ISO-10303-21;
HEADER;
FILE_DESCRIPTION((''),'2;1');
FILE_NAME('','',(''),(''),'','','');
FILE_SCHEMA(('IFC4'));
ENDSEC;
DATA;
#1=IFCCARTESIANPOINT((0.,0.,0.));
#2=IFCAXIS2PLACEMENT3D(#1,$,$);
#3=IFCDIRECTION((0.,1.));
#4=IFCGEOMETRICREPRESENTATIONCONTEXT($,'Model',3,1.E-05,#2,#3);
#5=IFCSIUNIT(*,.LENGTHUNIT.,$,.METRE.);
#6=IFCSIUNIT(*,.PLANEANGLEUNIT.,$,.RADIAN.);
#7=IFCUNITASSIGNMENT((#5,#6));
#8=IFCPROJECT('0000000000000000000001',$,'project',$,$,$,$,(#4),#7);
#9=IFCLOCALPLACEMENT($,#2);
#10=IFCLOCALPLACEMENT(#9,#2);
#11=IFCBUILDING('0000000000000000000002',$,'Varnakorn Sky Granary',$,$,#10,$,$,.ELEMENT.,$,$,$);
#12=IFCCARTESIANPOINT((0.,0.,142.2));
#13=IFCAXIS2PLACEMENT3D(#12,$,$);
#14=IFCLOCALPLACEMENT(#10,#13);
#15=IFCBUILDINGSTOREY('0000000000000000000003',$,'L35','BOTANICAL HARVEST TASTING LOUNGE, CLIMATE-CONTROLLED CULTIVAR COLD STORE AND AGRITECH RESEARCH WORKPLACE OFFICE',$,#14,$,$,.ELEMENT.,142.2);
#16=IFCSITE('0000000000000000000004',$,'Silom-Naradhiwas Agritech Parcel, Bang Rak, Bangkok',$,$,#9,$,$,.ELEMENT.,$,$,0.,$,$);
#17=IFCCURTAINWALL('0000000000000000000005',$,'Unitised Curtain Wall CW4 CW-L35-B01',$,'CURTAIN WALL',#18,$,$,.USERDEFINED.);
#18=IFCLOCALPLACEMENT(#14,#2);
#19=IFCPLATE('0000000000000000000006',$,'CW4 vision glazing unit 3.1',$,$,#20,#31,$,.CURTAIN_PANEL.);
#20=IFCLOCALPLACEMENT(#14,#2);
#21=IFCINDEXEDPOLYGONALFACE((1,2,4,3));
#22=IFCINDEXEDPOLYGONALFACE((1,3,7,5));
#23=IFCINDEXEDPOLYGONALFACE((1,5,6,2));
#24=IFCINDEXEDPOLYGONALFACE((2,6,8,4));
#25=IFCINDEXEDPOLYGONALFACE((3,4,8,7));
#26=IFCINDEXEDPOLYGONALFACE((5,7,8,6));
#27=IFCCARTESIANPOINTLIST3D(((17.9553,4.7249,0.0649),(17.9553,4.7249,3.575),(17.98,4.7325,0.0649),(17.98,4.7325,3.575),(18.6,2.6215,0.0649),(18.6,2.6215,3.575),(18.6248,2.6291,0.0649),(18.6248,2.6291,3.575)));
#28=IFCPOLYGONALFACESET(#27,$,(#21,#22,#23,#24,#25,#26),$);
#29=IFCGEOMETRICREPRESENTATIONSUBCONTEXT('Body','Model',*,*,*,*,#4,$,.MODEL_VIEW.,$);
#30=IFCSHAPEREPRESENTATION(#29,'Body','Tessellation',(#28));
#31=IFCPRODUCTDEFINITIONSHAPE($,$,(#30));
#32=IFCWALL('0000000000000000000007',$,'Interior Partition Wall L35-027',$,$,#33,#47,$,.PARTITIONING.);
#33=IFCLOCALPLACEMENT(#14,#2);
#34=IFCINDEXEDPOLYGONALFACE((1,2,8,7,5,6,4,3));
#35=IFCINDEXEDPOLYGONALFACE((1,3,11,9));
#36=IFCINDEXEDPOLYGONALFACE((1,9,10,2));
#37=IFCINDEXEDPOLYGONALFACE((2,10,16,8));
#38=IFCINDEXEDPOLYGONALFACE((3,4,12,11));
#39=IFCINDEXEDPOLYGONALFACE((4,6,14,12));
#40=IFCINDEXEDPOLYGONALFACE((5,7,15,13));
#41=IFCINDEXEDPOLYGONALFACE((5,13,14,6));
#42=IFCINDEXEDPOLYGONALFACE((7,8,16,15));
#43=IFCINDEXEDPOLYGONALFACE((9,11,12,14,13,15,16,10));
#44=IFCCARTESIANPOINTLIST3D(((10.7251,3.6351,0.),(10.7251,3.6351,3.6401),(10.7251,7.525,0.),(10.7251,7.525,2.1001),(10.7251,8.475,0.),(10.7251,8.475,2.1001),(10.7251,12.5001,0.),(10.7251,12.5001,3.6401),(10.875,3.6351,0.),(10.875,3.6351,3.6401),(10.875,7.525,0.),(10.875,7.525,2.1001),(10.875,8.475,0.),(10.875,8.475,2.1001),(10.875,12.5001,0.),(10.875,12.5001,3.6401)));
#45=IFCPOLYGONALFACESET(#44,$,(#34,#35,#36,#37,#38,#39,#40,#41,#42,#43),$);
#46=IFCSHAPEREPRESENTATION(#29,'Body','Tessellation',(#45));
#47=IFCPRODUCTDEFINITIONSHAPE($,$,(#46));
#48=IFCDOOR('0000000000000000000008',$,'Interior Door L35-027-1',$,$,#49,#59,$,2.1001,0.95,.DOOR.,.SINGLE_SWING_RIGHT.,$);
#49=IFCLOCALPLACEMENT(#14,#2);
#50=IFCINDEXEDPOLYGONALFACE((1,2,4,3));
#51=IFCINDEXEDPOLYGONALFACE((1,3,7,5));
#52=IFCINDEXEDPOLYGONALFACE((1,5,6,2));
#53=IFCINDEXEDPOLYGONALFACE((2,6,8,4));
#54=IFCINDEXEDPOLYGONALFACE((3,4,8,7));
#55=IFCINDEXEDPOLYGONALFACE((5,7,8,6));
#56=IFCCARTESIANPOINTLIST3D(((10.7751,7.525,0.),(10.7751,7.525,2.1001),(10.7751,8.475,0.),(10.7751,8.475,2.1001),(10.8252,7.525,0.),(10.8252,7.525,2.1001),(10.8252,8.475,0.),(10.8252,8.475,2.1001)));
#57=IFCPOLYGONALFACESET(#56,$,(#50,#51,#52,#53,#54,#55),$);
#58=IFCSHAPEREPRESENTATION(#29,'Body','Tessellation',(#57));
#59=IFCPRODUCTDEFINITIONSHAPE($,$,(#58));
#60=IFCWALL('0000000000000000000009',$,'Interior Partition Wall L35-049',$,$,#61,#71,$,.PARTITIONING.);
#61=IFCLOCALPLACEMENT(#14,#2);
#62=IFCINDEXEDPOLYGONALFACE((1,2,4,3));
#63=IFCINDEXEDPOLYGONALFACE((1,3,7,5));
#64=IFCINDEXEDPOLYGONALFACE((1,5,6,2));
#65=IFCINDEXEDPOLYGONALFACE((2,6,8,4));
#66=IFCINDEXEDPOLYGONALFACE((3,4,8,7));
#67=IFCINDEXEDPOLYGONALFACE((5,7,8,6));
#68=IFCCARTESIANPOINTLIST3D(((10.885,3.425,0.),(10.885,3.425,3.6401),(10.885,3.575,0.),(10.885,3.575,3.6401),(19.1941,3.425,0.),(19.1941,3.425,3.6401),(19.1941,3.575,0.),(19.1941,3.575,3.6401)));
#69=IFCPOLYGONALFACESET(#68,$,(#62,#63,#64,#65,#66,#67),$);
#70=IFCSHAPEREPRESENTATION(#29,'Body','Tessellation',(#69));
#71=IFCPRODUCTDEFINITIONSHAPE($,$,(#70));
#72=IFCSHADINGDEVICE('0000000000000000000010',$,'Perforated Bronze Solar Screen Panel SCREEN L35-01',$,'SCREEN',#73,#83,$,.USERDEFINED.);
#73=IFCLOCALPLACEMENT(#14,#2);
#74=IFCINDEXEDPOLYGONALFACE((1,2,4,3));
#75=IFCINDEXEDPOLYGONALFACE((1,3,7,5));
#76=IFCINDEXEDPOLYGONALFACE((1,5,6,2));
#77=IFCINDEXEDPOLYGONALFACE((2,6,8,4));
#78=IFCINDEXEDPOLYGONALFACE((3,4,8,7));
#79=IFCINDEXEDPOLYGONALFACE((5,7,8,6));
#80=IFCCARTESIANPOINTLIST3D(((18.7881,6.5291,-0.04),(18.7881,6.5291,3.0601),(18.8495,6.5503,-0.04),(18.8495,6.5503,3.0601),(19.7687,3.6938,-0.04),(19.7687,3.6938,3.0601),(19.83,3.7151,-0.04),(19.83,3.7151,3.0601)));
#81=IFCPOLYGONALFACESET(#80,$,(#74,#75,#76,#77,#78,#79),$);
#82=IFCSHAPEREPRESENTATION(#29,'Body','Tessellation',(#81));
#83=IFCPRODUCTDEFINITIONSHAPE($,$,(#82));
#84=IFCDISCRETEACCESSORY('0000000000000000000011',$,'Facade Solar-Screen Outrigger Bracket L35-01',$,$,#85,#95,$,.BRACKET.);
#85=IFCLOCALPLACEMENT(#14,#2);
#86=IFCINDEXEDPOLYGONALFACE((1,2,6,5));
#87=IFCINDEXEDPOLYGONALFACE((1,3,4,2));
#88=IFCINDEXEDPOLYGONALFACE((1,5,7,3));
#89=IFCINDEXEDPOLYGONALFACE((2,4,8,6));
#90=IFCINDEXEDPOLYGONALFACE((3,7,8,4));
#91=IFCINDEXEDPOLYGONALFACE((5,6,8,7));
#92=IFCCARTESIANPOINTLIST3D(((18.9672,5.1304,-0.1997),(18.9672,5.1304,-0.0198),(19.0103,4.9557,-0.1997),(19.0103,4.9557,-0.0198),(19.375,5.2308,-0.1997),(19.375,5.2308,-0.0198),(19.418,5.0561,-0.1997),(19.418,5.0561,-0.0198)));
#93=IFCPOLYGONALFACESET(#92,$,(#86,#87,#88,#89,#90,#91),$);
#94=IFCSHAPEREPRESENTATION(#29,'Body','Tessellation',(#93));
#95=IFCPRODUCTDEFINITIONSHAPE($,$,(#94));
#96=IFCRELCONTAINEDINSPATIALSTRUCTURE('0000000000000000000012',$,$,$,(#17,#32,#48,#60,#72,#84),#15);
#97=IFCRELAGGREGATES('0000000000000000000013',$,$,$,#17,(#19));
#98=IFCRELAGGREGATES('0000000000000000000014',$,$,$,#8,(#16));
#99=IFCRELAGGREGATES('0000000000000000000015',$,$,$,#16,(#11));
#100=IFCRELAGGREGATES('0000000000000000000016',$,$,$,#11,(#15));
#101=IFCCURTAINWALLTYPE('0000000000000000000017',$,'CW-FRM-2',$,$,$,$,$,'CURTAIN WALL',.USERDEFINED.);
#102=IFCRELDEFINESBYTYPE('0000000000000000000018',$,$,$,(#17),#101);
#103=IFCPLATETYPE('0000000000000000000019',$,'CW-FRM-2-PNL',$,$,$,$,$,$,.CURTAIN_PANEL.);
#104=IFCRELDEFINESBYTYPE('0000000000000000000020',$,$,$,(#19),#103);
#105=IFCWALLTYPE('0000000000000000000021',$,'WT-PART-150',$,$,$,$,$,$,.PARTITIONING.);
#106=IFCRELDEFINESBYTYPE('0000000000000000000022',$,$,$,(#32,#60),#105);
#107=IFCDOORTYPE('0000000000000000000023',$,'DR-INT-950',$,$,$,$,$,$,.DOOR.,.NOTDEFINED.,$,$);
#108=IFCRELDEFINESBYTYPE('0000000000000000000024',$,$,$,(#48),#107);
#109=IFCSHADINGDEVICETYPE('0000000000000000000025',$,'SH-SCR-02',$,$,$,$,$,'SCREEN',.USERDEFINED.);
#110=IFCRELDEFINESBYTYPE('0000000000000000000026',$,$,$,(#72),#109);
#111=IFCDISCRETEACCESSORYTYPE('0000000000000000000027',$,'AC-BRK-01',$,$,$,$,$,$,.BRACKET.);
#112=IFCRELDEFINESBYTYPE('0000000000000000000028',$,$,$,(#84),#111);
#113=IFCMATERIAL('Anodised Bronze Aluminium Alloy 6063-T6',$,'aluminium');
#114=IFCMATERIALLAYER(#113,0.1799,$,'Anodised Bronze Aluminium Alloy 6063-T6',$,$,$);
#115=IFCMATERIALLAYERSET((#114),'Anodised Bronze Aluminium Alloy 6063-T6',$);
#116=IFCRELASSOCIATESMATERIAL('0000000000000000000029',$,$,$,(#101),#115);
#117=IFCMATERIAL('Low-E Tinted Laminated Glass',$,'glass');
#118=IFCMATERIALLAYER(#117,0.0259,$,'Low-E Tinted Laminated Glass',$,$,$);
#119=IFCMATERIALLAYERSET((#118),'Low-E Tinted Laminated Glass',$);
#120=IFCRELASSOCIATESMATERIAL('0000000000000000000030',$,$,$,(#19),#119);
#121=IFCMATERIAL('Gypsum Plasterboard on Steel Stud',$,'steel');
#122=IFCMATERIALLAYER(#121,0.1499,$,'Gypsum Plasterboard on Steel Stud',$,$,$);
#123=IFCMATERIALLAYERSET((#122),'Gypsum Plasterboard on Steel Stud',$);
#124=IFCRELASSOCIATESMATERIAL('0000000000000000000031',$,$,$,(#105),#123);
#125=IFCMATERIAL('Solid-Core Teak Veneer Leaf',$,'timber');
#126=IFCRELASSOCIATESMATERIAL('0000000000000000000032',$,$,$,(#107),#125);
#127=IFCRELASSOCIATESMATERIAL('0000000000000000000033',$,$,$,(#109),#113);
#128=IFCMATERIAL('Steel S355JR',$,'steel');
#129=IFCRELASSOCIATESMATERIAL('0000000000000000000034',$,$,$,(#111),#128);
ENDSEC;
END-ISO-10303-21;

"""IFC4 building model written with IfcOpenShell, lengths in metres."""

from ifc_helpers import new_model, si_unit, direction, frame, frame_2d, origin, origin_2d, place, context, subcontext, project, spatial, rectangle, extrude, source, transform, mapped, material, layer, layer_set, type_object, type_shapes, element, fill, aggregate, save


model = new_model("IFC4")

# Units and contexts
model_context = context("Model", 3, precision=1e-05, world=origin(), true_north=direction((0.0, 1.0)))
body_context = subcontext(model_context, "Body", "Model", "MODEL_VIEW")
ifc_project = project(units=[si_unit("LENGTHUNIT", "METRE"), si_unit("PLANEANGLEUNIT", "RADIAN")], contexts=[model_context])

# Site, building, storey
site_placement = place(None, origin())
site = spatial("IfcSite", under=ifc_project, at=site_placement, Name="Silom-Naradhiwas Agritech Parcel, Bang Rak, Bangkok", CompositionType="ELEMENT", RefElevation=0.0)
building_placement = place(site_placement, origin())
building = spatial("IfcBuilding", under=site, at=building_placement, Name="Varnakorn Sky Granary", CompositionType="ELEMENT")
storey_placement = place(building_placement, frame((0.0, 0.0, 142.2)))
storey = spatial("IfcBuildingStorey", under=building, at=storey_placement, Name="L35", Description="BOTANICAL HARVEST TASTING LOUNGE, CLIMATE-CONTROLLED CULTIVAR COLD STORE AND AGRITECH RESEARCH WORKPLACE OFFICE", CompositionType="ELEMENT", Elevation=142.2)

# Curtain wall
ifc_material_1 = material(Name="Anodised Bronze Aluminium Alloy 6063-T6", Category="aluminium")
ifc_layer_1 = layer(ifc_material_1, 0.1799, Name="Anodised Bronze Aluminium Alloy 6063-T6")
ifc_layer_set_1 = layer_set([ifc_layer_1], Name="Anodised Bronze Aluminium Alloy 6063-T6")
curtain_wall_type = type_object("IfcCurtainWallType", Name="CW-FRM-2", ElementType="CURTAIN WALL", PredefinedType="USERDEFINED", material=ifc_layer_set_1)
curtain_wall_placement = place(storey_placement, origin())
curtain_wall = element("IfcCurtainWall", 1, at=curtain_wall_placement, inside=storey, type_object=curtain_wall_type, Name="Unitised Curtain Wall CW4 CW-L35-B01", ObjectType="CURTAIN WALL", PredefinedType="USERDEFINED")

# Plate
plate_type = type_object("IfcPlateType", Name="CW-FRM-2-PNL", PredefinedType="CURTAIN_PANEL")
shared_shape_1 = source(origin(), body_context, "Body", "SweptSolid", [
    extrude(rectangle(XDim=2.2, YDim=0.0259, at=origin_2d()), origin(), (0.0, 0.0, 1.0), 3.51),
])
ifc_material_2 = material(Name="Low-E Tinted Laminated Glass", Category="glass")
ifc_layer_2 = layer(ifc_material_2, 0.0259, Name="Low-E Tinted Laminated Glass")
ifc_layer_set_2 = layer_set([ifc_layer_2], Name="Low-E Tinted Laminated Glass")
plate_1_placement = place(storey_placement, frame((18.29, 3.677, 0.0649), z_axis=(0.0, 0.0, 1.0), x_axis=(0.293068, -0.956092, 0.0)))
plate_1 = element("IfcPlate", 2, at=plate_1_placement, type_object=plate_type, material=ifc_layer_set_2, Name="CW4 vision glazing unit 3.1", PredefinedType="CURTAIN_PANEL", context=body_context, shape_type="MappedRepresentation", body=[
    mapped(shared_shape_1, transform((0.0, 0.0, 0.0), x_axis=(1.0, 0.0, 0.0), y_axis=(0.0, 1.0, 0.0), z_axis=(0.0, 0.0, 1.0), scale=1.0)),
])
aggregate(curtain_wall, [plate_1])

# Wall, opening, door
ifc_material_3 = material(Name="Gypsum Plasterboard on Steel Stud", Category="steel")
ifc_layer_3 = layer(ifc_material_3, 0.1499, Name="Gypsum Plasterboard on Steel Stud")
ifc_layer_set_3 = layer_set([ifc_layer_3], Name="Gypsum Plasterboard on Steel Stud")
wall_type = type_object("IfcWallType", Name="WT-PART-150", PredefinedType="PARTITIONING", material=ifc_layer_set_3)
wall_1_placement = place(storey_placement, frame((10.8, 3.635, 0.0), z_axis=(0.0, 0.0, 1.0), x_axis=(0.0, 1.0, 0.0)))
wall_1 = element("IfcWall", 3, at=wall_1_placement, inside=storey, type_object=wall_type, Name="Interior Partition Wall L35-027", PredefinedType="PARTITIONING", context=body_context, shape_type="SweptSolid", body=[
    extrude(rectangle(XDim=8.865, YDim=0.1499, at=frame_2d((4.4326, 0.0))), origin(), (0.0, 0.0, 1.0), 3.6401),
])
opening_placement = place(wall_1_placement, frame((3.8899, 0.0, 0.0)))
opening = element("IfcOpeningElement", 4, at=opening_placement, cuts=wall_1, PredefinedType="OPENING", context=body_context, shape_type="SweptSolid", body=[
    extrude(rectangle(XDim=0.95, YDim=2.1001, at=frame_2d((0.4751, 1.05))), frame((0.0, 0.085, 0.0), z_axis=(0.0, -1.0, 0.0), x_axis=(1.0, 0.0, 0.0)), (0.0, 0.0, 1.0), 0.1699),
])
ifc_material_4 = material(Name="Solid-Core Teak Veneer Leaf", Category="timber")
door_type = type_object("IfcDoorType", Name="DR-INT-950", OperationType="NOTDEFINED", PredefinedType="DOOR", material=ifc_material_4)
door_placement = place(opening_placement, origin())
door = element("IfcDoor", 5, at=door_placement, inside=storey, type_object=door_type, Name="Interior Door L35-027-1", OperationType="SINGLE_SWING_RIGHT", OverallHeight=2.1001, OverallWidth=0.95, PredefinedType="DOOR", context=body_context, shape_type="SweptSolid", body=[
    extrude(rectangle(XDim=0.95, YDim=2.1001, at=frame_2d((0.4751, 1.05))), frame((0.0, 0.0249, 0.0), z_axis=(0.0, -1.0, 0.0), x_axis=(1.0, 0.0, 0.0)), (0.0, 0.0, 1.0), 0.05),
])
fill(opening, door)

# Wall
wall_2_placement = place(storey_placement, frame((10.885, 3.5, 0.0), z_axis=(0.0, 0.0, 1.0), x_axis=(1.0, 0.0, 0.0)))
element("IfcWall", 6, at=wall_2_placement, inside=storey, type_object=wall_type, Name="Interior Partition Wall L35-049", PredefinedType="PARTITIONING", context=body_context, shape_type="SweptSolid", body=[
    extrude(rectangle(XDim=8.3091, YDim=0.1499, at=frame_2d((4.1545, 0.0))), origin(), (0.0, 0.0, 1.0), 3.6401),
])

# Shading device
shading_device_type = type_object("IfcShadingDeviceType", Name="SH-SCR-02", ElementType="SCREEN", PredefinedType="USERDEFINED", material=ifc_material_1)
shared_shape_2 = source(origin(), body_context, "Body", "SweptSolid", [
    extrude(rectangle(XDim=3.0, YDim=0.0649, at=origin_2d()), origin(), (0.0, 0.0, 1.0), 3.1001),
])
type_shapes(shading_device_type, [shared_shape_2])
shading_device_placement = place(storey_placement, frame((19.3091, 5.1221, -0.04), z_axis=(0.0, 0.0, 1.0), x_axis=(-0.326852, 0.945075, 0.0)))
element("IfcShadingDevice", 7, at=shading_device_placement, inside=storey, type_object=shading_device_type, Name="Perforated Bronze Solar Screen Panel SCREEN L35-01", ObjectType="SCREEN", PredefinedType="USERDEFINED", context=body_context, shape_type="MappedRepresentation", body=[
    mapped(shared_shape_2, transform((0.0, 0.0, 0.0), x_axis=(1.0, 0.0, 0.0), y_axis=(0.0, 1.0, 0.0), z_axis=(0.0, 0.0, 1.0), scale=1.0)),
])

# Discrete accessory
ifc_material_5 = material(Name="Steel S355JR", Category="steel")
discrete_accessory_type = type_object("IfcDiscreteAccessoryType", Name="AC-BRK-01", PredefinedType="BRACKET", material=ifc_material_5)
shared_shape_3 = source(origin(), body_context, "Body", "SweptSolid", [
    extrude(rectangle(XDim=0.1799, YDim=0.4199, at=origin_2d()), origin(), (0.0, 0.0, 1.0), 0.1799),
])
type_shapes(discrete_accessory_type, [shared_shape_3])
discrete_accessory_placement = place(storey_placement, frame((19.1926, 5.0933, -0.1997), z_axis=(0.0, 0.0, 1.0), x_axis=(-0.239005, 0.971018, 0.0)))
element("IfcDiscreteAccessory", 8, at=discrete_accessory_placement, inside=storey, type_object=discrete_accessory_type, Name="Facade Solar-Screen Outrigger Bracket L35-01", PredefinedType="BRACKET", context=body_context, shape_type="MappedRepresentation", body=[
    mapped(shared_shape_3, transform((0.0, 0.0, 0.0), x_axis=(1.0, 0.0, 0.0), y_axis=(0.0, 1.0, 0.0), z_axis=(0.0, 0.0, 1.0), scale=1.0)),
])

save(model, "model.ifc")
